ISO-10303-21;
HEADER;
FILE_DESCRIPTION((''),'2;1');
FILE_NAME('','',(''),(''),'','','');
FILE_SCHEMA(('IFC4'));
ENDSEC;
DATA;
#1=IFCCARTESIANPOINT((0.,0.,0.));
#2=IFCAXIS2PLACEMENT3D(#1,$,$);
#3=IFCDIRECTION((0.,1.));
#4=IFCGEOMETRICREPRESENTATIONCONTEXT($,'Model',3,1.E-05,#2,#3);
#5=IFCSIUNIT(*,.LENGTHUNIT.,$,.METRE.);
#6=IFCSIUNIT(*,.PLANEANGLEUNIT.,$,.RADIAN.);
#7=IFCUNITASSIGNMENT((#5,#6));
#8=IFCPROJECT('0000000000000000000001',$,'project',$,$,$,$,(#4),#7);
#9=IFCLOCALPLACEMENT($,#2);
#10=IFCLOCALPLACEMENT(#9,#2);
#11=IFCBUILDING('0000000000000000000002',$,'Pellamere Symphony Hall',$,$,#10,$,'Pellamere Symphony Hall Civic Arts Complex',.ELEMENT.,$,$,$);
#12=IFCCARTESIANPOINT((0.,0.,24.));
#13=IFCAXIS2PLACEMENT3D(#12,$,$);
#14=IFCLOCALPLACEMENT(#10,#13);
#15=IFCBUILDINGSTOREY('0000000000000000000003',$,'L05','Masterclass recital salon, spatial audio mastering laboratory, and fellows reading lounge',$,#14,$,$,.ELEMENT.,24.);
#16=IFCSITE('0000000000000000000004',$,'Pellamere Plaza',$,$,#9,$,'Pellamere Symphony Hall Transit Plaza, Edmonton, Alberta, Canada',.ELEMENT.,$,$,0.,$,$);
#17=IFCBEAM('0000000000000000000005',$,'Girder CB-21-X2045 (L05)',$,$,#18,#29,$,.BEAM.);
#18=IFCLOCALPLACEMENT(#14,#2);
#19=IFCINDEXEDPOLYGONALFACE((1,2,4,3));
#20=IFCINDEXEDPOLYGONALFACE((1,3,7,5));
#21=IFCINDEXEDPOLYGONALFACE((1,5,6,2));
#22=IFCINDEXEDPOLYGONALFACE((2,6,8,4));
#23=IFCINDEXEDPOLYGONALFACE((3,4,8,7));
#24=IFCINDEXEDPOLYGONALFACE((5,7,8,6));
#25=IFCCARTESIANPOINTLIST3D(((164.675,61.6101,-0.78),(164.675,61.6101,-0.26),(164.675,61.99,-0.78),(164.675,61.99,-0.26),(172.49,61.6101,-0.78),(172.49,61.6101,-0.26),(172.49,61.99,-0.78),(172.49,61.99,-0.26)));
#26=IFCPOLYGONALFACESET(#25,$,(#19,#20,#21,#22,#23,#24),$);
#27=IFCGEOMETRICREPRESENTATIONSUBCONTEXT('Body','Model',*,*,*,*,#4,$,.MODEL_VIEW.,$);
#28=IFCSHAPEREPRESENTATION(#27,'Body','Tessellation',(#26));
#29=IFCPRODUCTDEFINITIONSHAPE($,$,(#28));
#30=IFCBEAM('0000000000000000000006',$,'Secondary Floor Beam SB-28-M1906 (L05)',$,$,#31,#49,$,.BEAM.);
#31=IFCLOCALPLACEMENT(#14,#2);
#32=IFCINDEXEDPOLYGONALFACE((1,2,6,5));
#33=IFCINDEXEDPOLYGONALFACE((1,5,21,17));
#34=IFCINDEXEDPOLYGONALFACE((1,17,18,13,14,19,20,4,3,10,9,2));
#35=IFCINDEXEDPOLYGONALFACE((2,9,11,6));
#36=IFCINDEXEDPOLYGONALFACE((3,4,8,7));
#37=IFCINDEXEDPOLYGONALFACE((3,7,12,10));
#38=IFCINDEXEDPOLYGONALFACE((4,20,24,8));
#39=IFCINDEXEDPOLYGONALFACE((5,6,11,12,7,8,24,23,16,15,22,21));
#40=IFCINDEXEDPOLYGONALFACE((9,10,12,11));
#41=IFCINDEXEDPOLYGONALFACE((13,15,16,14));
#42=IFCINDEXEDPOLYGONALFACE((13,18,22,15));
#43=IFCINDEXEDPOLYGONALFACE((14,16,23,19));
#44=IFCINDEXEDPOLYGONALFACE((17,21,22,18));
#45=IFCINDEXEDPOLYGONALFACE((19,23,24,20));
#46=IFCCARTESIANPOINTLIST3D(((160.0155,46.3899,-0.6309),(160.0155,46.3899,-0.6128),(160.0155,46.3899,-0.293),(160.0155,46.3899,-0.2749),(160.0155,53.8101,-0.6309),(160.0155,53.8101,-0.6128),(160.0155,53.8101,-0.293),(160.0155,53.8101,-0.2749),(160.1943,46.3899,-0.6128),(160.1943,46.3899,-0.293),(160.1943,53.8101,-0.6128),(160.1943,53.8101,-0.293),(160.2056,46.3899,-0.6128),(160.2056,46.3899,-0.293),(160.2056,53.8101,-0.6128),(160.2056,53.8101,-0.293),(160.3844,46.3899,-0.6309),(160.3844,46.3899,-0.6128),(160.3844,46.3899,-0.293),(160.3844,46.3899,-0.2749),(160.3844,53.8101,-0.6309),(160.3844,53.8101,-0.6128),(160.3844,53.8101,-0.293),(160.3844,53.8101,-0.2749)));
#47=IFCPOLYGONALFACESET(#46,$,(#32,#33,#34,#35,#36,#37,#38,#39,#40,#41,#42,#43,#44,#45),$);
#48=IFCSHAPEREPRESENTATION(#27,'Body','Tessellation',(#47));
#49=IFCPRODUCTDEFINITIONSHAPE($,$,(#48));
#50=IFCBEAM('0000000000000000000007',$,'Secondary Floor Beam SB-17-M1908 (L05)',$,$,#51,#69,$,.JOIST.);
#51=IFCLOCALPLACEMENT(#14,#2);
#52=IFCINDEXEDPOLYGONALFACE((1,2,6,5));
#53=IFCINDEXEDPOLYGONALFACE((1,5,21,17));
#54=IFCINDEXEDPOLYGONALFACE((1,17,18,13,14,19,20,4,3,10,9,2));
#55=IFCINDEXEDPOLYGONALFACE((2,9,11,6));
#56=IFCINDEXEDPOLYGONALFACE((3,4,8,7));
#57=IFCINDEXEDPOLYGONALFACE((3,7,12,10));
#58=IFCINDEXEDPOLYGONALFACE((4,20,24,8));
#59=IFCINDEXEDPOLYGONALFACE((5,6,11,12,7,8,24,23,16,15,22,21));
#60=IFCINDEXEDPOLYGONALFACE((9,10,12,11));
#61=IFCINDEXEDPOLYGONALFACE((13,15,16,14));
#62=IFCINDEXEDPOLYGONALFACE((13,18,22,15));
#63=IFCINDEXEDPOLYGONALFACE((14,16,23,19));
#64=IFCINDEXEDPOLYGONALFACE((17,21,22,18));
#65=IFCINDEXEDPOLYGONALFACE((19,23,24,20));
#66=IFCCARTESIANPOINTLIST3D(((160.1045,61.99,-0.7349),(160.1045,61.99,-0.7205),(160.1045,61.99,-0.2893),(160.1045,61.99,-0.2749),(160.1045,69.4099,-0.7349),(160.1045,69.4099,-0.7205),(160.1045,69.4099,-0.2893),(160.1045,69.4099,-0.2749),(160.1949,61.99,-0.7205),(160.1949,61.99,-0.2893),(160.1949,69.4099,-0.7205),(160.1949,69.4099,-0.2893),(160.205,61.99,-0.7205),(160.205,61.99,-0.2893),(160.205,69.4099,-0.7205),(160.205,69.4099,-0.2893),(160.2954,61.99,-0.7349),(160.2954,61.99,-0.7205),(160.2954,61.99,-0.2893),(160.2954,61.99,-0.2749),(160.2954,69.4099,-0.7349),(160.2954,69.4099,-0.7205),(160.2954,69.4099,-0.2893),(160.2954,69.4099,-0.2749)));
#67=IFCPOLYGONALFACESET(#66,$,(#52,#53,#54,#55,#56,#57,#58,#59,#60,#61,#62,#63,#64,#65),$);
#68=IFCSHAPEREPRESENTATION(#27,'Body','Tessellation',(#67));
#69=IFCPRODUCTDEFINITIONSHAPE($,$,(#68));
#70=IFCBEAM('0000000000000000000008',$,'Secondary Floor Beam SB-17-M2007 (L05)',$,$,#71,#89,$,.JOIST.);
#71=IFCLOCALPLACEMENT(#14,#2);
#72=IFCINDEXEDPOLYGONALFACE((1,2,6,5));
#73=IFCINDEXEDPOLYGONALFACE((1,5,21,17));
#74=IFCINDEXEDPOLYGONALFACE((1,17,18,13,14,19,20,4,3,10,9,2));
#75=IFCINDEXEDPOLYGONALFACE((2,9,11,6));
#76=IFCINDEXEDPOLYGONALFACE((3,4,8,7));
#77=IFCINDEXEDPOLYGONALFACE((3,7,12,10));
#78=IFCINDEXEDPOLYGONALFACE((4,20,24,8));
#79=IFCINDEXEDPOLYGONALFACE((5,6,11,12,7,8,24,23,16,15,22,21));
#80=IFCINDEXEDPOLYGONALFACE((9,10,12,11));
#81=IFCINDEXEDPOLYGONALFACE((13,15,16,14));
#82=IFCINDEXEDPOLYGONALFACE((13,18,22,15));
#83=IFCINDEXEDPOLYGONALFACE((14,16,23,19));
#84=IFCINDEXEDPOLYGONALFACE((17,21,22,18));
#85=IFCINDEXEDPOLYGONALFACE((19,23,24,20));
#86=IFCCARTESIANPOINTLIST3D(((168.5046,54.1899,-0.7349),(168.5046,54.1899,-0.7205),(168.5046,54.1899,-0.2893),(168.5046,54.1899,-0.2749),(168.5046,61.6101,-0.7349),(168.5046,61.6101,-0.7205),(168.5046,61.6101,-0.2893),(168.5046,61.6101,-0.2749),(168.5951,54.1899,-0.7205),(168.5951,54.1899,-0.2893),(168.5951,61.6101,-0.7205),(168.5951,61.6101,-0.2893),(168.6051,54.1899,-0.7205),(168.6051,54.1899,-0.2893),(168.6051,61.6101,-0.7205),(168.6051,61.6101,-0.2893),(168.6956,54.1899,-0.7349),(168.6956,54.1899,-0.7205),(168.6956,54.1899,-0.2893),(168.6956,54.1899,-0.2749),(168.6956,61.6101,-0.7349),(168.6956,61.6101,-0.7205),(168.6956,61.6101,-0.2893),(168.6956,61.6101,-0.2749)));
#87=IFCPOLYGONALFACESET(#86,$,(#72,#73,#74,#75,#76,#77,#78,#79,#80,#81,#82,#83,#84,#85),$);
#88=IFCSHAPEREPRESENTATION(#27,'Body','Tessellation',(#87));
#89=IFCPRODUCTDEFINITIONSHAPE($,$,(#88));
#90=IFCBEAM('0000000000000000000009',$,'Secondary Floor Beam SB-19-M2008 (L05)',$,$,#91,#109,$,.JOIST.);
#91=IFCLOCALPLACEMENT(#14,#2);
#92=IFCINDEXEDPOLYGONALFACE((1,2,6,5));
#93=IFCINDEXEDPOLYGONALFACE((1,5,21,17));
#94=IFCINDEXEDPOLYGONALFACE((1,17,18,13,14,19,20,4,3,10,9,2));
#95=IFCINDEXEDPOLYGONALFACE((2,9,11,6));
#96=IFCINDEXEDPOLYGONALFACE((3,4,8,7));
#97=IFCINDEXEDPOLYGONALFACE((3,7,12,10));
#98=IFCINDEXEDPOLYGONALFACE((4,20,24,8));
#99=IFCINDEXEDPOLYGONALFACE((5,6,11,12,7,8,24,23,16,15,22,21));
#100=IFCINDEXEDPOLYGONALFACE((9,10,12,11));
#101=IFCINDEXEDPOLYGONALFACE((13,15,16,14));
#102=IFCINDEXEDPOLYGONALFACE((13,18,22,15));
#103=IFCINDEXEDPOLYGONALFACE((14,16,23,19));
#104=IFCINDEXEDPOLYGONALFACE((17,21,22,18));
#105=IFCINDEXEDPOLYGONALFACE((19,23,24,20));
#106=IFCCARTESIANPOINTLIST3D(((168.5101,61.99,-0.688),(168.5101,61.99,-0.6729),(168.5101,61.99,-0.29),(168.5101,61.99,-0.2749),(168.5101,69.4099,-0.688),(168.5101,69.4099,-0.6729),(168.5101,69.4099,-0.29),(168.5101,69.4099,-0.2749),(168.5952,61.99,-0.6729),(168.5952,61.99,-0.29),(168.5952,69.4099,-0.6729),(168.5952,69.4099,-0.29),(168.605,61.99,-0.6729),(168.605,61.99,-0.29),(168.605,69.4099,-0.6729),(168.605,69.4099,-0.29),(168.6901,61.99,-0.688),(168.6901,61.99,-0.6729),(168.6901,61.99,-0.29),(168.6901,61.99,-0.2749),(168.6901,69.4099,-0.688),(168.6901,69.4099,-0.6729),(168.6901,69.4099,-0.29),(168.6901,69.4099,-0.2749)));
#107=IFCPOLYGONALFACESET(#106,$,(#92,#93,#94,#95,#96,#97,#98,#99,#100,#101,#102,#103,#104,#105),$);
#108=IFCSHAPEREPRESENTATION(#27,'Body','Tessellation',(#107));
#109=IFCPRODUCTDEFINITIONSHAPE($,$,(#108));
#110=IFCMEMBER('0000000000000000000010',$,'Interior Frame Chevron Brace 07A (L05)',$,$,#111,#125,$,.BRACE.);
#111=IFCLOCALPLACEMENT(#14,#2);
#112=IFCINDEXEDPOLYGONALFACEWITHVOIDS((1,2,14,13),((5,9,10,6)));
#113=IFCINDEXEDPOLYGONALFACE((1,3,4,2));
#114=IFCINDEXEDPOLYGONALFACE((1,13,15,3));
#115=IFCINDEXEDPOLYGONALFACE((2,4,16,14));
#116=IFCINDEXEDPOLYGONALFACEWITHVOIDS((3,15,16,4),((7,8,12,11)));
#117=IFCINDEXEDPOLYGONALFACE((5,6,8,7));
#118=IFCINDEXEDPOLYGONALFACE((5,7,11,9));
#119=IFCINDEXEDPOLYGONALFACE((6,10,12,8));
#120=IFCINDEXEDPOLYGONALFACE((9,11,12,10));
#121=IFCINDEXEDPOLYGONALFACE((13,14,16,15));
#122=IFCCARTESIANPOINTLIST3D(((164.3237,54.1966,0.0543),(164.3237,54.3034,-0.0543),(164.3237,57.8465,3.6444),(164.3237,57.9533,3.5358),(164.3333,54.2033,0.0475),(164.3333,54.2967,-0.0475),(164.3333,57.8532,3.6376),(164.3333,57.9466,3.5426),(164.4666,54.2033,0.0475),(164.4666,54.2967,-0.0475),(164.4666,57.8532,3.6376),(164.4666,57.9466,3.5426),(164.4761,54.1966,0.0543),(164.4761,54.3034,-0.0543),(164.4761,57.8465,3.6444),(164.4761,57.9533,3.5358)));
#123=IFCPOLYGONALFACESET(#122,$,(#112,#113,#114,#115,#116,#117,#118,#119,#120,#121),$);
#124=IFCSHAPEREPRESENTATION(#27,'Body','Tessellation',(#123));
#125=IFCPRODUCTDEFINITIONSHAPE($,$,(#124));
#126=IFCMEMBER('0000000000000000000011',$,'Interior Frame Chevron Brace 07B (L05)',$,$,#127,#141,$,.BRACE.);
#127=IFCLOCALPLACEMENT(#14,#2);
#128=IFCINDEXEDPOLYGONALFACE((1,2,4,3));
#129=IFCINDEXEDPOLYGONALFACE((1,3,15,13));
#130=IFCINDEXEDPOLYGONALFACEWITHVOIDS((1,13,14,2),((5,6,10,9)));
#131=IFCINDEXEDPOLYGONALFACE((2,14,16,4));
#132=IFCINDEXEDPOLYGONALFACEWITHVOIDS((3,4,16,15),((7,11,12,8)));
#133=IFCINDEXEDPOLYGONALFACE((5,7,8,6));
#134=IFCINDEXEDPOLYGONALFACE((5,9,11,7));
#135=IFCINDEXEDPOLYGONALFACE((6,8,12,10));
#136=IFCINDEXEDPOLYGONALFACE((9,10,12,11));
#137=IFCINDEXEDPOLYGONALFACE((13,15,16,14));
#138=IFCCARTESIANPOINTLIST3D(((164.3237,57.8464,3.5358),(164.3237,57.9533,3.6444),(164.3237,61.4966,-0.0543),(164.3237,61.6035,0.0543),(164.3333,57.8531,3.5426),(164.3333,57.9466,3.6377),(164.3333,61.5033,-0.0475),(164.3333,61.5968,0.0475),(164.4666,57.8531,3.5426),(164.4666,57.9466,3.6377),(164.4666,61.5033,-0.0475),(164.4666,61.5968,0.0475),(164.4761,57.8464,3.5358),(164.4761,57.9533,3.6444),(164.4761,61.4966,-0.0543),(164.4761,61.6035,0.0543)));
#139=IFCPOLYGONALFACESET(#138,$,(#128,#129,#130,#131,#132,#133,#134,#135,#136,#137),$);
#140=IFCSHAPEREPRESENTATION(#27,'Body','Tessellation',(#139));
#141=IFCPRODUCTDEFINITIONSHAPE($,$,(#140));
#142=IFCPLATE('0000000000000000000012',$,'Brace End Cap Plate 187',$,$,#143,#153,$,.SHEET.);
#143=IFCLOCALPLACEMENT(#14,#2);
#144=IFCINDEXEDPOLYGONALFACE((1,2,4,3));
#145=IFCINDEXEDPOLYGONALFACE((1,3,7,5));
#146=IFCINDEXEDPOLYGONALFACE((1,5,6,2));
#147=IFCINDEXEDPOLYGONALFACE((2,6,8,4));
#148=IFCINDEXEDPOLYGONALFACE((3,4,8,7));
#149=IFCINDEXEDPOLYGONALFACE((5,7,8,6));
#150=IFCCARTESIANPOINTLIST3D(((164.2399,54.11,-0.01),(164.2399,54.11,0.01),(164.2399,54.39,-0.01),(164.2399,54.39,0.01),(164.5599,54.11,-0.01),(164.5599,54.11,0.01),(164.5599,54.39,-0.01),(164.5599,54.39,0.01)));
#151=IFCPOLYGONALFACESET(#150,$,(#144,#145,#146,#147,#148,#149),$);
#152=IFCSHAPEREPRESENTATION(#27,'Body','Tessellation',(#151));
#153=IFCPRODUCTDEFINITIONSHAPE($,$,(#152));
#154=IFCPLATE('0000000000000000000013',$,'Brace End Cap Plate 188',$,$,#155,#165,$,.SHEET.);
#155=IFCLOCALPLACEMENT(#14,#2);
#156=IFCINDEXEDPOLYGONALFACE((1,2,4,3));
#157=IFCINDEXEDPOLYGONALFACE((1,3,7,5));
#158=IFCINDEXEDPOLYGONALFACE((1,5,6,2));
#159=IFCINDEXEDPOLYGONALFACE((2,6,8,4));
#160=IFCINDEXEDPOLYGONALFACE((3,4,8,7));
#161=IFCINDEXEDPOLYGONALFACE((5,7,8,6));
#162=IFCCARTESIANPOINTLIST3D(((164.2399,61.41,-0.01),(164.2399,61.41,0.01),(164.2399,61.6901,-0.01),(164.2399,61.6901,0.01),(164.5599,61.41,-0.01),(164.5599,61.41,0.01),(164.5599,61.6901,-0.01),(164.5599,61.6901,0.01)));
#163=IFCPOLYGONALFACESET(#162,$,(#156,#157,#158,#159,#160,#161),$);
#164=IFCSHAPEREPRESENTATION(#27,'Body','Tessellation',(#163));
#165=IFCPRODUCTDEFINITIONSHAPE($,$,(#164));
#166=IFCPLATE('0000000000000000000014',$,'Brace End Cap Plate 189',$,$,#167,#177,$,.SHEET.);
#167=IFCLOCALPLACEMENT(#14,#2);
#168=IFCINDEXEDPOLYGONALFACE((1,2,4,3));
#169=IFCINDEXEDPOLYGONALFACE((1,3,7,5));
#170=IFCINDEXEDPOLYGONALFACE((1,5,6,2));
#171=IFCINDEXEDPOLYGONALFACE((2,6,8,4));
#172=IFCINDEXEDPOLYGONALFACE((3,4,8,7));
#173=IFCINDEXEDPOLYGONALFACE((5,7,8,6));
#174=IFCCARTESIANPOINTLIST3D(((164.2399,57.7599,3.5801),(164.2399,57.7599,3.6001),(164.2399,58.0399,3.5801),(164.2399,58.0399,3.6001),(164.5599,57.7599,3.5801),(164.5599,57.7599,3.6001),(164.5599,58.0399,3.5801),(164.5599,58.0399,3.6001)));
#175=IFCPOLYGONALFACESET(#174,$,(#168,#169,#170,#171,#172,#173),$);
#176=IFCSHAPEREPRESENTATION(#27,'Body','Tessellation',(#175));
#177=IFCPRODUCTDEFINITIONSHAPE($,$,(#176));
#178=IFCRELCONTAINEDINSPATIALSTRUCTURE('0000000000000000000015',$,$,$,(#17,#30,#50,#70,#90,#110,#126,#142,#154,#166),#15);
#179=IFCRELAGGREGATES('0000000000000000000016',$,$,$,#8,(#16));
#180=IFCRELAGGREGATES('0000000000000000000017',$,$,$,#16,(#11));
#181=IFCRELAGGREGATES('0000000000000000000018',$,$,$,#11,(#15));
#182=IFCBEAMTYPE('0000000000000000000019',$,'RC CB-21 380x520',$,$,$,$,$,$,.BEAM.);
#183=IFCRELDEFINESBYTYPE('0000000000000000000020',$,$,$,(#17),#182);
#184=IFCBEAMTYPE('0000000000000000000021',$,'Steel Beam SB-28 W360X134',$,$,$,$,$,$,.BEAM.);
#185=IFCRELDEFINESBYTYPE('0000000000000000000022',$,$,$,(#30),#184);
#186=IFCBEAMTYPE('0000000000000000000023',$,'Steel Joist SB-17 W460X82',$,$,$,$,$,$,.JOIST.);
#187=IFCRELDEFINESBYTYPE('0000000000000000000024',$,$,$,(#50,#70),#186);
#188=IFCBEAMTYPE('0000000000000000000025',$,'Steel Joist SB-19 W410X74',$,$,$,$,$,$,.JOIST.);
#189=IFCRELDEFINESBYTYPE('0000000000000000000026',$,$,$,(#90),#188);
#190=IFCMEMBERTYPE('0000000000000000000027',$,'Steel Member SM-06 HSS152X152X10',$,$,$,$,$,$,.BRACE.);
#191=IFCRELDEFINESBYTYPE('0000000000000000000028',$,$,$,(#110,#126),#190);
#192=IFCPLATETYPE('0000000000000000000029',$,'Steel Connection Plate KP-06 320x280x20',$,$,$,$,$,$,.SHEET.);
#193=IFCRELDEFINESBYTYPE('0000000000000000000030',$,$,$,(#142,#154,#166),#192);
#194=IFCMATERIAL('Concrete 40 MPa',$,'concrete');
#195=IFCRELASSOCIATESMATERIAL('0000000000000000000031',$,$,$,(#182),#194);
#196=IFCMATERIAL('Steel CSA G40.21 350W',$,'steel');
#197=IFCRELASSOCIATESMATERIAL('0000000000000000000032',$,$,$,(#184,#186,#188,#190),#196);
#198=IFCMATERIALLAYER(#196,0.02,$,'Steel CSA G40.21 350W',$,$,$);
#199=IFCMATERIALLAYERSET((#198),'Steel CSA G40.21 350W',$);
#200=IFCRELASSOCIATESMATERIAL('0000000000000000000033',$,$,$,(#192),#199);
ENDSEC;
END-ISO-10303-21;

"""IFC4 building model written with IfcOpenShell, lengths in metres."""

from ifc_helpers import new_model, si_unit, direction, frame, origin, origin_2d, place, context, subcontext, project, spatial, rectangle, hollow_rectangle, i_section, extrude, material, layer, layer_set, material_profile, profile_set, type_object, element, save


model = new_model("IFC4")

# Units and contexts
model_context = context("Model", 3, precision=1e-05, world=origin(), true_north=direction((0.0, 1.0)))
body_context = subcontext(model_context, "Body", "Model", "MODEL_VIEW")
ifc_project = project(units=[si_unit("LENGTHUNIT", "METRE"), si_unit("PLANEANGLEUNIT", "RADIAN")], contexts=[model_context])

# Site, building, storey
site_placement = place(None, origin())
site = spatial("IfcSite", under=ifc_project, at=site_placement, Name="Pellamere Plaza", LongName="Pellamere Symphony Hall Transit Plaza, Edmonton, Alberta, Canada", CompositionType="ELEMENT", RefElevation=0.0)
building_placement = place(site_placement, origin())
building = spatial("IfcBuilding", under=site, at=building_placement, Name="Pellamere Symphony Hall", LongName="Pellamere Symphony Hall Civic Arts Complex", CompositionType="ELEMENT")
storey_placement = place(building_placement, frame((0.0, 0.0, 24.0)))
storey = spatial("IfcBuildingStorey", under=building, at=storey_placement, Name="L05", Description="Masterclass recital salon, spatial audio mastering laboratory, and fellows reading lounge", CompositionType="ELEMENT", Elevation=24.0)

# Beams
ifc_material_1 = material(Name="Concrete 40 MPa", Category="concrete")
ifc_material_profile_1 = material_profile(ifc_material_1, rectangle(XDim=0.3799, YDim=0.52, at=origin_2d()), Name="RC 380x520")
ifc_profile_set_1 = profile_set([ifc_material_profile_1], Name="Concrete 40 MPa")
beam_type_1 = type_object("IfcBeamType", Name="RC CB-21 380x520", PredefinedType="BEAM", material=ifc_profile_set_1)
beam_1_placement = place(storey_placement, frame((164.675, 61.8, -0.52), z_axis=(1.0, 0.0, 0.0), x_axis=(0.0, 1.0, 0.0)))
element("IfcBeam", 1, at=beam_1_placement, inside=storey, type_object=beam_type_1, Name="Girder CB-21-X2045 (L05)", PredefinedType="BEAM", context=body_context, shape_type="SweptSolid", body=[
    extrude(rectangle(XDim=0.3799, YDim=0.52, at=origin_2d()), origin(), (0.0, 0.0, 1.0), 7.8149),
])
ifc_material_2 = material(Name="Steel CSA G40.21 350W", Category="steel")
ifc_material_profile_2 = material_profile(ifc_material_2, i_section(OverallWidth=0.3689, OverallDepth=0.356, WebThickness=0.0112, FlangeThickness=0.0181, at=origin_2d()), Name="W360X134")
ifc_profile_set_2 = profile_set([ifc_material_profile_2], Name="Steel CSA G40.21 350W")
beam_type_2 = type_object("IfcBeamType", Name="Steel Beam SB-28 W360X134", PredefinedType="BEAM", material=ifc_profile_set_2)
beam_2_placement = place(storey_placement, frame((160.2, 46.3899, -0.4529), z_axis=(0.0, 1.0, 0.0), x_axis=(-1.0, 0.0, 0.0)))
element("IfcBeam", 2, at=beam_2_placement, inside=storey, type_object=beam_type_2, Name="Secondary Floor Beam SB-28-M1906 (L05)", PredefinedType="BEAM", context=body_context, shape_type="SweptSolid", body=[
    extrude(i_section(OverallWidth=0.3689, OverallDepth=0.356, WebThickness=0.0112, FlangeThickness=0.0181, at=origin_2d()), origin(), (0.0, 0.0, 1.0), 7.4202),
])
ifc_material_profile_3 = material_profile(ifc_material_2, i_section(OverallWidth=0.1909, OverallDepth=0.46, WebThickness=0.01, FlangeThickness=0.0144, at=origin_2d()), Name="W460X82")
ifc_profile_set_3 = profile_set([ifc_material_profile_3], Name="Steel CSA G40.21 350W")
beam_type_3 = type_object("IfcBeamType", Name="Steel Joist SB-17 W460X82", PredefinedType="JOIST", material=ifc_profile_set_3)
beam_3_placement = place(storey_placement, frame((160.2, 61.99, -0.5049), z_axis=(0.0, 1.0, 0.0), x_axis=(-1.0, 0.0, 0.0)))
element("IfcBeam", 3, at=beam_3_placement, inside=storey, type_object=beam_type_3, Name="Secondary Floor Beam SB-17-M1908 (L05)", PredefinedType="JOIST", context=body_context, shape_type="SweptSolid", body=[
    extrude(i_section(OverallWidth=0.1909, OverallDepth=0.46, WebThickness=0.01, FlangeThickness=0.0144, at=origin_2d()), origin(), (0.0, 0.0, 1.0), 7.4199),
])
beam_4_placement = place(storey_placement, frame((168.6001, 54.1899, -0.5049), z_axis=(0.0, 1.0, 0.0), x_axis=(-1.0, 0.0, 0.0)))
element("IfcBeam", 4, at=beam_4_placement, inside=storey, type_object=beam_type_3, Name="Secondary Floor Beam SB-17-M2007 (L05)", PredefinedType="JOIST", context=body_context, shape_type="SweptSolid", body=[
    extrude(i_section(OverallWidth=0.1909, OverallDepth=0.46, WebThickness=0.01, FlangeThickness=0.0144, at=origin_2d()), origin(), (0.0, 0.0, 1.0), 7.4202),
])
ifc_material_profile_4 = material_profile(ifc_material_2, i_section(OverallWidth=0.1799, OverallDepth=0.4131, WebThickness=0.0098, FlangeThickness=0.0151, at=origin_2d()), Name="W410X74")
ifc_profile_set_4 = profile_set([ifc_material_profile_4], Name="Steel CSA G40.21 350W")
beam_type_4 = type_object("IfcBeamType", Name="Steel Joist SB-19 W410X74", PredefinedType="JOIST", material=ifc_profile_set_4)
beam_5_placement = place(storey_placement, frame((168.6001, 61.99, -0.4814), z_axis=(0.0, 1.0, 0.0), x_axis=(-1.0, 0.0, 0.0)))
element("IfcBeam", 5, at=beam_5_placement, inside=storey, type_object=beam_type_4, Name="Secondary Floor Beam SB-19-M2008 (L05)", PredefinedType="JOIST", context=body_context, shape_type="SweptSolid", body=[
    extrude(i_section(OverallWidth=0.1799, OverallDepth=0.4131, WebThickness=0.0098, FlangeThickness=0.0151, at=origin_2d()), origin(), (0.0, 0.0, 1.0), 7.4199),
])

# Members
ifc_material_profile_5 = material_profile(ifc_material_2, hollow_rectangle(XDim=0.1523, YDim=0.1523, WallThickness=0.0095, at=origin_2d()), Name="HSS152X152X10")
ifc_profile_set_5 = profile_set([ifc_material_profile_5], Name="Steel CSA G40.21 350W")
member_type = type_object("IfcMemberType", Name="Steel Member SM-06 HSS152X152X10", PredefinedType="BRACE", material=ifc_profile_set_5)
member_1_placement = place(storey_placement, frame((164.3999, 54.25, 0.0), z_axis=(0.0, 0.712924, 0.701241), x_axis=(-1.0, 0.0, 0.0)))
element("IfcMember", 6, at=member_1_placement, inside=storey, type_object=member_type, Name="Interior Frame Chevron Brace 07A (L05)", PredefinedType="BRACE", context=body_context, shape_type="SweptSolid", body=[
    extrude(hollow_rectangle(XDim=0.1523, YDim=0.1523, WallThickness=0.0095, at=origin_2d()), origin(), (0.0, 0.0, 1.0), 5.1196),
])
member_2_placement = place(storey_placement, frame((164.3999, 61.55, 0.0), z_axis=(0.0, -0.712948, 0.701217), x_axis=(1.0, 0.0, 0.0)))
element("IfcMember", 7, at=member_2_placement, inside=storey, type_object=member_type, Name="Interior Frame Chevron Brace 07B (L05)", PredefinedType="BRACE", context=body_context, shape_type="SweptSolid", body=[
    extrude(hollow_rectangle(XDim=0.1523, YDim=0.1523, WallThickness=0.0095, at=origin_2d()), origin(), (0.0, 0.0, 1.0), 5.1199),
])

# Plates
ifc_layer_1 = layer(ifc_material_2, 0.02, Name="Steel CSA G40.21 350W")
ifc_layer_set_1 = layer_set([ifc_layer_1], Name="Steel CSA G40.21 350W")
plate_type = type_object("IfcPlateType", Name="Steel Connection Plate KP-06 320x280x20", PredefinedType="SHEET", material=ifc_layer_set_1)
for number, where, z_axis, x_axis, name in (
    (8, (164.3999, 54.25, -0.01), (0.0, 0.0, 1.0), (1.0, 0.0, 0.0), "Brace End Cap Plate 187"),
    (9, (164.3999, 61.55, -0.01), (0.0, 0.0, 1.0), (1.0, 0.0, 0.0), "Brace End Cap Plate 188"),
    (10, (164.3999, 57.8999, 3.5801), (0.0, 0.0, 1.0), (1.0, 0.0, 0.0), "Brace End Cap Plate 189"),
):
    element("IfcPlate", number, at=place(storey_placement, frame(where, z_axis=z_axis, x_axis=x_axis)), inside=storey, type_object=plate_type, Name=name, PredefinedType="SHEET", context=body_context, shape_type="SweptSolid", body=[
        extrude(rectangle(XDim=0.3201, YDim=0.28, at=origin_2d()), origin(), (0.0, 0.0, 1.0), 0.02),
    ])

save(model, "model.ifc")
